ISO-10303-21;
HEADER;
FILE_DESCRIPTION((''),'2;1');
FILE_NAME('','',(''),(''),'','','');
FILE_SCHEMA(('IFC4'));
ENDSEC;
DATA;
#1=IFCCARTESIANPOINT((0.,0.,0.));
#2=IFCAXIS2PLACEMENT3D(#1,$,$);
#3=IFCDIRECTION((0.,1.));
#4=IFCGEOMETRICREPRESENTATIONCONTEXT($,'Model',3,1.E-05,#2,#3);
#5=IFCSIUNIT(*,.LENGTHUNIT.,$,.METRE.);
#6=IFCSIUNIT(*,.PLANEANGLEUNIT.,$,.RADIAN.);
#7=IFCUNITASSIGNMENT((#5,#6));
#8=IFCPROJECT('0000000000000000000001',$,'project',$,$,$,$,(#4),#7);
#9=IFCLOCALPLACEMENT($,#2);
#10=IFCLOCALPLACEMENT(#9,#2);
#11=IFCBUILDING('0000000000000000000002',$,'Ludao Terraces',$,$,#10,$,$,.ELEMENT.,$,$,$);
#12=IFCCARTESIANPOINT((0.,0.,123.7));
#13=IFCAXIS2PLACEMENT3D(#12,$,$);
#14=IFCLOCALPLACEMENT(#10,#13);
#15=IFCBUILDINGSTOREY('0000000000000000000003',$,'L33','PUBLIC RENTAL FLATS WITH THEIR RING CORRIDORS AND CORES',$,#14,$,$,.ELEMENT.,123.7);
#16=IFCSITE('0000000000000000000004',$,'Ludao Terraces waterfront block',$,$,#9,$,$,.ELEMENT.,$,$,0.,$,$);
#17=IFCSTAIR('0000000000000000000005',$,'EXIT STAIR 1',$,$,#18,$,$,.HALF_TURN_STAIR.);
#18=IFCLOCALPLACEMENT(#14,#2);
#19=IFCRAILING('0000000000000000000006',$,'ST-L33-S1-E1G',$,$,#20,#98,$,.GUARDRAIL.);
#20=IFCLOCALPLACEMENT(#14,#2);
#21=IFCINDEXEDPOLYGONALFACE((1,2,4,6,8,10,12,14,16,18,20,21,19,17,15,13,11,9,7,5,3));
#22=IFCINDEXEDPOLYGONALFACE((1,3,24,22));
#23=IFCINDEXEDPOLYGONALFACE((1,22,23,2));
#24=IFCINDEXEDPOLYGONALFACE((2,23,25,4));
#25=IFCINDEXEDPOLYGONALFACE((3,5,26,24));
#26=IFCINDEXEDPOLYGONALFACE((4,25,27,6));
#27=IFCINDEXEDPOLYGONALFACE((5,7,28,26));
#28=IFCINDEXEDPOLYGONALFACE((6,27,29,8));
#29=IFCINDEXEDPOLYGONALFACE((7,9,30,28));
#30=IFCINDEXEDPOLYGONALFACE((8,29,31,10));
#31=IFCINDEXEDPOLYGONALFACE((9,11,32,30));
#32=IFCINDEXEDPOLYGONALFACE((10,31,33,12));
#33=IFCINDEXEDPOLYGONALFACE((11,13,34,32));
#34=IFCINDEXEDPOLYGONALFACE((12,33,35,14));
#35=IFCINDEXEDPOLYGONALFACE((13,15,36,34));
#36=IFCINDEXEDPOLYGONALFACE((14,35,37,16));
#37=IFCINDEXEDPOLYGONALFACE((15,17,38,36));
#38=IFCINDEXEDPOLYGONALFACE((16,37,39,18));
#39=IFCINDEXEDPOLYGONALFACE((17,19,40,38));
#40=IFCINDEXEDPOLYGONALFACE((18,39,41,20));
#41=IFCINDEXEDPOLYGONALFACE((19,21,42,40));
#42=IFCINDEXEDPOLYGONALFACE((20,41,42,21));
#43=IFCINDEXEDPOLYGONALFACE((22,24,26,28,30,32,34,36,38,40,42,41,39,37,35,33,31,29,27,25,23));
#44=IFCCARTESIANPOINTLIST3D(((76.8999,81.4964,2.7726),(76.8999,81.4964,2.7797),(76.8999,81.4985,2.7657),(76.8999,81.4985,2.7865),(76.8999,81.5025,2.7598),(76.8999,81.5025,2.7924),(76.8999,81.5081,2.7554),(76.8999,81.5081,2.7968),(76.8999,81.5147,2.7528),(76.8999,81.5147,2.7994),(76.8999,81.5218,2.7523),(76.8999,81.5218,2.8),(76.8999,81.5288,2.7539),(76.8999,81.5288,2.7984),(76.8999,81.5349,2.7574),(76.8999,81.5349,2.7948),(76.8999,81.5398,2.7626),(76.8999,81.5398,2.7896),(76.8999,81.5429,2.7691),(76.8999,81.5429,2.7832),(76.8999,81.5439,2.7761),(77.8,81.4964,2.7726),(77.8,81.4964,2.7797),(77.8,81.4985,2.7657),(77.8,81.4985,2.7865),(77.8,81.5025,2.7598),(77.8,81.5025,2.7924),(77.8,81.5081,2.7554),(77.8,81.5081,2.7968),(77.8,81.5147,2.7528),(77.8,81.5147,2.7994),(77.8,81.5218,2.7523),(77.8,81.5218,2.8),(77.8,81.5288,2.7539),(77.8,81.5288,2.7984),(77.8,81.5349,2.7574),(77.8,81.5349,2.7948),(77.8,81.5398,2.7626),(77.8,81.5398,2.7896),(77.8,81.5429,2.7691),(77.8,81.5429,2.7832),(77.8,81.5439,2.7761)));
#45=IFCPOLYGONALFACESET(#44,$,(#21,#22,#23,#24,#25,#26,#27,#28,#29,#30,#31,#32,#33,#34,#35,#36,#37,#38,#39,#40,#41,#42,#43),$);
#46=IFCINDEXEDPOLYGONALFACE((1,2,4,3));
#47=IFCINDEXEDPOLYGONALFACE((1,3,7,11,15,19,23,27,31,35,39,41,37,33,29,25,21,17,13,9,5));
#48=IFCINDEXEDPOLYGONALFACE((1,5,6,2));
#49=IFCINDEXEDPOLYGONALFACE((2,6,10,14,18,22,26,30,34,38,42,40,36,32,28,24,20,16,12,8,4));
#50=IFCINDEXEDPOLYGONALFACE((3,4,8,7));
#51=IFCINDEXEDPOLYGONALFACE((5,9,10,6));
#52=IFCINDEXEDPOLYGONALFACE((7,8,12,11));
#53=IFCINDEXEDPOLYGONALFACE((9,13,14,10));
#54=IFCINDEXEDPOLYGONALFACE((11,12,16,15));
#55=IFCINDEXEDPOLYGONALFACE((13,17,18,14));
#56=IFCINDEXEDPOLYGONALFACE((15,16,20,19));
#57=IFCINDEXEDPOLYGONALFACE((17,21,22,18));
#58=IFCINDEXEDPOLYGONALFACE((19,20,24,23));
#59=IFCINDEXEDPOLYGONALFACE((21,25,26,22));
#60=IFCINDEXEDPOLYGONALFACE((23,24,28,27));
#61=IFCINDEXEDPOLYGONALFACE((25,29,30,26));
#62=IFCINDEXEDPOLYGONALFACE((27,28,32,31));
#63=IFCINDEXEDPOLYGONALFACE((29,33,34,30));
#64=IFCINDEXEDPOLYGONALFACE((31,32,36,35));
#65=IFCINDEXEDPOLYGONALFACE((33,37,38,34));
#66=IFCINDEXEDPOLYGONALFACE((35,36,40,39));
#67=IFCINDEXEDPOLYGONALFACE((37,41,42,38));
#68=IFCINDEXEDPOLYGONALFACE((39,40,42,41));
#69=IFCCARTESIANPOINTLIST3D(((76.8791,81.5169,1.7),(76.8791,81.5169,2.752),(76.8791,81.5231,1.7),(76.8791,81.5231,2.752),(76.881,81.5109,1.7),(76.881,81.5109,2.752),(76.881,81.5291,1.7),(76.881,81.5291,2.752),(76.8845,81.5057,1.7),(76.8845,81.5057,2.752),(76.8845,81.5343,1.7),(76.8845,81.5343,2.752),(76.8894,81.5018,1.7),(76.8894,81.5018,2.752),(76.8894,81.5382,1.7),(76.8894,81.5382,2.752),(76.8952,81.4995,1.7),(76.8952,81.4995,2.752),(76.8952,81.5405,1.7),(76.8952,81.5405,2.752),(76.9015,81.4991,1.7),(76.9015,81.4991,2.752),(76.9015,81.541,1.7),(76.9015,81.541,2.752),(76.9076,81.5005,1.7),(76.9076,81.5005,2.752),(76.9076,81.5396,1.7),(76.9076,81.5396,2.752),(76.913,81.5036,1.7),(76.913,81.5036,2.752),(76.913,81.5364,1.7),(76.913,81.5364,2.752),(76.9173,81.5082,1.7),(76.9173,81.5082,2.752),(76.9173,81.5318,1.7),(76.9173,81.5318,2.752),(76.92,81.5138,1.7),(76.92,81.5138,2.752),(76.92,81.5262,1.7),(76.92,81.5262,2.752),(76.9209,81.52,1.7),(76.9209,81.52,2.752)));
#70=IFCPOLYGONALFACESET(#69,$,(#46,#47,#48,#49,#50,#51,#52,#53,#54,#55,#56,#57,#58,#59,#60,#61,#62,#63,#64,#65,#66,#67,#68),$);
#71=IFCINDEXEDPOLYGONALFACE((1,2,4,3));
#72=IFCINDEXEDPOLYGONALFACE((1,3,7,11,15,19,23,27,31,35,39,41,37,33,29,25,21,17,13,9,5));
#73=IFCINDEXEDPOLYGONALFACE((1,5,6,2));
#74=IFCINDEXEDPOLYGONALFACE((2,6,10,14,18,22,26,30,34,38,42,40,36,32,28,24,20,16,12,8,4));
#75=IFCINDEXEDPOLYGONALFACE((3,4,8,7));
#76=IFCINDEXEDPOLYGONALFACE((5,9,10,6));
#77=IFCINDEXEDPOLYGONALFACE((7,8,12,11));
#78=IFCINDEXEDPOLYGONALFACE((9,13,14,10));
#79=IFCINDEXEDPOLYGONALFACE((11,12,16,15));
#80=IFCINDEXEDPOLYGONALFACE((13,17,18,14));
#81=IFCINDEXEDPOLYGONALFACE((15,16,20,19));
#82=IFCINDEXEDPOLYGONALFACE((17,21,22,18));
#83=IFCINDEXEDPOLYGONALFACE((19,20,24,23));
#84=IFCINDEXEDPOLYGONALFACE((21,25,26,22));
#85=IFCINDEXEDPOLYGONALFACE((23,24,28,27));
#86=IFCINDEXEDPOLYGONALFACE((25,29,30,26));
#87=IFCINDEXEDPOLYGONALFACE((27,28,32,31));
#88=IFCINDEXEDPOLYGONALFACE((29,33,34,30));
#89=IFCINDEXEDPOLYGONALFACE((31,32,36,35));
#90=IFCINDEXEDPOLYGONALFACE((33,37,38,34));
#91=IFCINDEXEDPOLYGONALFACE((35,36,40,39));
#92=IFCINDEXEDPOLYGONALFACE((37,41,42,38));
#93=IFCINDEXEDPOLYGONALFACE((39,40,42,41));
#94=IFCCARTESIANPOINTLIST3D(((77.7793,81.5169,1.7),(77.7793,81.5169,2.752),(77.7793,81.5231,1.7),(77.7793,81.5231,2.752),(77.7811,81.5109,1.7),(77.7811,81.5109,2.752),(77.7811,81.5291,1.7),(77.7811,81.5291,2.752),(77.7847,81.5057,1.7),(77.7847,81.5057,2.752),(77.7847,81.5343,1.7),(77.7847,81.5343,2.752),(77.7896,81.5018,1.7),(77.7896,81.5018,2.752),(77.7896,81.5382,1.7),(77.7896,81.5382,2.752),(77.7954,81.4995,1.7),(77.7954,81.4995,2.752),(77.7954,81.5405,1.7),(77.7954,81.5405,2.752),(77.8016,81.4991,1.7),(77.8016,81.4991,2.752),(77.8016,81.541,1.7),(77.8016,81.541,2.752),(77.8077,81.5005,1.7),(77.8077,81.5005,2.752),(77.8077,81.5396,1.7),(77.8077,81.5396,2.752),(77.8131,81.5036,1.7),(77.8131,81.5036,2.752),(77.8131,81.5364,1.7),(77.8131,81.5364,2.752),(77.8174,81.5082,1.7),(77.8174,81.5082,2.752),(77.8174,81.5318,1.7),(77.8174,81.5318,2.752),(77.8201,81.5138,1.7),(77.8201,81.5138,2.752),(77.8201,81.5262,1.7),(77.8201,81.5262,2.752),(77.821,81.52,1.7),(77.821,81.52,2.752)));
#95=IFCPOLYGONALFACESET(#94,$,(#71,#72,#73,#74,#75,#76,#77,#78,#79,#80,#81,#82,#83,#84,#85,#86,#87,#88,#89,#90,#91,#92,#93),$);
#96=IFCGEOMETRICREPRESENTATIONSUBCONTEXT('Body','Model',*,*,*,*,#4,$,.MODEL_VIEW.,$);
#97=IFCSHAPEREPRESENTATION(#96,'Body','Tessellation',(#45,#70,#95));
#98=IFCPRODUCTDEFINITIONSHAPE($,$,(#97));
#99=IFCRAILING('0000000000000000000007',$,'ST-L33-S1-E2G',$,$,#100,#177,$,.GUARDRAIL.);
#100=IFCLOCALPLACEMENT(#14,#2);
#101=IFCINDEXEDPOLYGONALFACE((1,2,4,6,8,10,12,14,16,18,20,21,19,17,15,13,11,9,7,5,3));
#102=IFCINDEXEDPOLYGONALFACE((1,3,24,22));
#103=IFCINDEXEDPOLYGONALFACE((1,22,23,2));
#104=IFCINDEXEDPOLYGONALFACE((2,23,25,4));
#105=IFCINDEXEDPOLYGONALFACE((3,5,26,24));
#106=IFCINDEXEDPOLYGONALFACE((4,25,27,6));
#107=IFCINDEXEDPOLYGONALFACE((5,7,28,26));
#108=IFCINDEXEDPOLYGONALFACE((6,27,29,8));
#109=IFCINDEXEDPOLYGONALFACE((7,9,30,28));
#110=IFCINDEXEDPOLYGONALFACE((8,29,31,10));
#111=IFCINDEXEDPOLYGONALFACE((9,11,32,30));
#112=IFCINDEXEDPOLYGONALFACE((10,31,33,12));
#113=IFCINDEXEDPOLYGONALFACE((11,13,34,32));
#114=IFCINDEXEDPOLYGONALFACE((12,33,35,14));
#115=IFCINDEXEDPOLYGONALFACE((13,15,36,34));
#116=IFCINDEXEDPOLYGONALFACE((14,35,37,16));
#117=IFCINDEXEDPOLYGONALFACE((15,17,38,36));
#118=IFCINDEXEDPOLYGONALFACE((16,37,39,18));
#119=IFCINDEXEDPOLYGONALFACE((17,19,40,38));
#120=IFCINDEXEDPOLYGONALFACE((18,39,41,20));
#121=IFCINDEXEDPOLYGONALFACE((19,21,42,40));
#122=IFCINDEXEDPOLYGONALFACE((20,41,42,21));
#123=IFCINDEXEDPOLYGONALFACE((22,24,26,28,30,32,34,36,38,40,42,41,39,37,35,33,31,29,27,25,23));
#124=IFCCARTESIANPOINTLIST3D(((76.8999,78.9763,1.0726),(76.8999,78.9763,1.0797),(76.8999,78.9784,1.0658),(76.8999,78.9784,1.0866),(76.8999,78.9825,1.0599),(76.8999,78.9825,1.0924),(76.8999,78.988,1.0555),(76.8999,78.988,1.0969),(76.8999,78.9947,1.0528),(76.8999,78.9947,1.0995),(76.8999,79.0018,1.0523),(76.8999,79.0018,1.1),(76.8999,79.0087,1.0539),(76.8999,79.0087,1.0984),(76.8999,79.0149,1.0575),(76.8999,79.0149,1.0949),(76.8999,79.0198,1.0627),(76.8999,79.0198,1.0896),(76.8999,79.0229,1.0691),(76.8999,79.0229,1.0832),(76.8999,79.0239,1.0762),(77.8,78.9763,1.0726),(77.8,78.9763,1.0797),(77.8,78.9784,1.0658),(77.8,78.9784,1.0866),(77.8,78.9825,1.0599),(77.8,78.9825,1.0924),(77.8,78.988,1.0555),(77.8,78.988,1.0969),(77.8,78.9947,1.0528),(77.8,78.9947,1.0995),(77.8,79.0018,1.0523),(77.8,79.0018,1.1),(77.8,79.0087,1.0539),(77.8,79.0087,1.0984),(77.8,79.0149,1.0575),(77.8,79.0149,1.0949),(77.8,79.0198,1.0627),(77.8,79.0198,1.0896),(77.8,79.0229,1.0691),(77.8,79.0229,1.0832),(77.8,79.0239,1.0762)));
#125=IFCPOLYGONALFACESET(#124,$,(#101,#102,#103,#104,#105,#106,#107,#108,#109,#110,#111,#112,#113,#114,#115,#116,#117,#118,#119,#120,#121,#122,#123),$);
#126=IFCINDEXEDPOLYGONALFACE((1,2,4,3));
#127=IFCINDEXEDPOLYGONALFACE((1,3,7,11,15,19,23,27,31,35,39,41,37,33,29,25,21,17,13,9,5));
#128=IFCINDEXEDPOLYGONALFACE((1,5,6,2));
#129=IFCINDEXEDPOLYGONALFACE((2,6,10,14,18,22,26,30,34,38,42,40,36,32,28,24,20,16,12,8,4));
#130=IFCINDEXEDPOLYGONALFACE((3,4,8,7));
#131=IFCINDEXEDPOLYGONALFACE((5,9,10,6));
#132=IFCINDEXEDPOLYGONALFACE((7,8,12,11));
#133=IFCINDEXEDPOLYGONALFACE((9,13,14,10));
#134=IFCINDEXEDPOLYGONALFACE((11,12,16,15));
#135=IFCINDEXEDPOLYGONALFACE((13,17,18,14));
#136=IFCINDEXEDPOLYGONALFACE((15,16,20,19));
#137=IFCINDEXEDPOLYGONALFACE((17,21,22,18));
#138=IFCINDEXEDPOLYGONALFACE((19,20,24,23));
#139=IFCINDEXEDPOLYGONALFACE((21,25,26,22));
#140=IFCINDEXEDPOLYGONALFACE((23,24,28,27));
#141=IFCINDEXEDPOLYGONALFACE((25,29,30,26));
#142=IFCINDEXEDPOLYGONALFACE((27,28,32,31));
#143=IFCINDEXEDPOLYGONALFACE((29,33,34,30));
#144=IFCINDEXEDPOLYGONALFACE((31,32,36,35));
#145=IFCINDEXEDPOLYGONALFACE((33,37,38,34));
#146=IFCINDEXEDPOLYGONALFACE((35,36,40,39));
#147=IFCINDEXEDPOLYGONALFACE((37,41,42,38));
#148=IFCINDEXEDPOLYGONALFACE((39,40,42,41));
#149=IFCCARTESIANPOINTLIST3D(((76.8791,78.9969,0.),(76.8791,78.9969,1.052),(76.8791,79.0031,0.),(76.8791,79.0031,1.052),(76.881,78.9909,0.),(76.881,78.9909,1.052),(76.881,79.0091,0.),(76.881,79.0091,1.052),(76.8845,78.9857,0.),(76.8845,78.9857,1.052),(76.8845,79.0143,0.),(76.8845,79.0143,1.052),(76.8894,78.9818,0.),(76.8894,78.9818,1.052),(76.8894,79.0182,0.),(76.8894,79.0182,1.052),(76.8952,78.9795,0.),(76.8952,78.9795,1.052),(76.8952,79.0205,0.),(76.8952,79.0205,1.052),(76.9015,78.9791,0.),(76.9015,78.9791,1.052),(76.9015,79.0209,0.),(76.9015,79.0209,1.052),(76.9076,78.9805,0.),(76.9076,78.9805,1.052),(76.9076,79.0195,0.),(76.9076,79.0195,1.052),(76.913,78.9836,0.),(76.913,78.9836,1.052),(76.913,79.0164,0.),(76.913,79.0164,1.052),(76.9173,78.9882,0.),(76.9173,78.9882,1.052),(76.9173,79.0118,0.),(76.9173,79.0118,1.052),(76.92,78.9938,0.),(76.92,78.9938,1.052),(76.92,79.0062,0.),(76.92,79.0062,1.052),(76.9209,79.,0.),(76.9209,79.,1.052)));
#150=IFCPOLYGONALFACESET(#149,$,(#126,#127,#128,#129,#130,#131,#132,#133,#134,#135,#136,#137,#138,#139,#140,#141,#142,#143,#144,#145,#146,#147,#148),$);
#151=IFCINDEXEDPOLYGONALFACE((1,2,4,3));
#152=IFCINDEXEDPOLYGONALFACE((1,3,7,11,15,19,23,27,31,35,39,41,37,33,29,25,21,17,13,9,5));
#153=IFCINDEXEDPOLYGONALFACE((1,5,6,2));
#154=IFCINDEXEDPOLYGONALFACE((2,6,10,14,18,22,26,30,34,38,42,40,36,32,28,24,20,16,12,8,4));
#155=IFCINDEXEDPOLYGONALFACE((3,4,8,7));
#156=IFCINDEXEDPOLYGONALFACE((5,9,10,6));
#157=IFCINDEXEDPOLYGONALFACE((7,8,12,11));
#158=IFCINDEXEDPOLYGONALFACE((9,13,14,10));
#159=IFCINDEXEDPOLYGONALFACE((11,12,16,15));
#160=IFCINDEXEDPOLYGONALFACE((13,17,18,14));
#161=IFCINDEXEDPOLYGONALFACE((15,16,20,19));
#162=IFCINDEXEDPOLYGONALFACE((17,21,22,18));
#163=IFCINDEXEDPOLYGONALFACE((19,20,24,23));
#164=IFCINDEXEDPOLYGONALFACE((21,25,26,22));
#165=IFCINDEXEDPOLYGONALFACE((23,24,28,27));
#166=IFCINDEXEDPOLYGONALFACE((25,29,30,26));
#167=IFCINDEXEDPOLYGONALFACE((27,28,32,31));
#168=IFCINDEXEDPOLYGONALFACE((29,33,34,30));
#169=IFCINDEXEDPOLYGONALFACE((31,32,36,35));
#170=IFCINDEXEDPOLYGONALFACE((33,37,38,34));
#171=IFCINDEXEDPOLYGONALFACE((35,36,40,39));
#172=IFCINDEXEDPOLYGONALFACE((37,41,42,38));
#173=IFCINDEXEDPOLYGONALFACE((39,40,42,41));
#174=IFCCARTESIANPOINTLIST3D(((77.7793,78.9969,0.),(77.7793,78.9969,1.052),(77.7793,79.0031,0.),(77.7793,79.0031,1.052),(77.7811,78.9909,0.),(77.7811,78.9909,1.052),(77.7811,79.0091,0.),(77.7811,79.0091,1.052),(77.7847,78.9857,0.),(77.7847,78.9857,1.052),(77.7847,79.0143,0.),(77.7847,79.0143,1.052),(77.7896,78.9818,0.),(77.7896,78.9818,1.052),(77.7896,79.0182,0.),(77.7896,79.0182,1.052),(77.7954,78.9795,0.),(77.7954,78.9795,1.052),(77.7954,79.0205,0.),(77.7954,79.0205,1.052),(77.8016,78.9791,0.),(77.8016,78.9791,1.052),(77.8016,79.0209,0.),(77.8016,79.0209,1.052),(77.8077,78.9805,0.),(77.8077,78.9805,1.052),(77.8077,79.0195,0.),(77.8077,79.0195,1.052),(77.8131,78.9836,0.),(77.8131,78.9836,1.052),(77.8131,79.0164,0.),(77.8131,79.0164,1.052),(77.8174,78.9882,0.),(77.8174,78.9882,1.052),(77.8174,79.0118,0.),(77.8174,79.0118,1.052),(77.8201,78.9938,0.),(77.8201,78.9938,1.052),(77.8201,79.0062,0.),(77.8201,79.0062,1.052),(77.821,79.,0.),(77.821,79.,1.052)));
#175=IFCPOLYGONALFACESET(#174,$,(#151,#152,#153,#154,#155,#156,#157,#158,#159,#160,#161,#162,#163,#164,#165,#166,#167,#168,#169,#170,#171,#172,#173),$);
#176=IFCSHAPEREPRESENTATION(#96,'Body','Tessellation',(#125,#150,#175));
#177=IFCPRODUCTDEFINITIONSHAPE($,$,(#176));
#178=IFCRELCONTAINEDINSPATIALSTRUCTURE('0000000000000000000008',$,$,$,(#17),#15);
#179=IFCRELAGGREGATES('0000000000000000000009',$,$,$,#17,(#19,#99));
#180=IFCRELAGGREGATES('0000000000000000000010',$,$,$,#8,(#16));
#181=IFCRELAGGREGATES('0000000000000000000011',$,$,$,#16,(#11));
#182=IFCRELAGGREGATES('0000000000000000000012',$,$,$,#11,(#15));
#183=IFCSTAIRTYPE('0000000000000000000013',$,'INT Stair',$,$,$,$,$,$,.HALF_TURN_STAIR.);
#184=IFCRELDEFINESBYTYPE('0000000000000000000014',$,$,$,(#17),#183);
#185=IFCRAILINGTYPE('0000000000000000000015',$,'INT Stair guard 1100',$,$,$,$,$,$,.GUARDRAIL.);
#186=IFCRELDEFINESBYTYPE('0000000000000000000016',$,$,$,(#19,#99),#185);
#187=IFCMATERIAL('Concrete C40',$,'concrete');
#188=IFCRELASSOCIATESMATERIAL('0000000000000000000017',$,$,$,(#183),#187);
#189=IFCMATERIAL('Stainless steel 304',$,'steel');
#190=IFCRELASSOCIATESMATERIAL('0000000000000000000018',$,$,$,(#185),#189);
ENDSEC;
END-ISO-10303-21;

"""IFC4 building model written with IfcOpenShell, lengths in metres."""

from ifc_helpers import new_model, si_unit, direction, frame, origin, origin_2d, place, context, subcontext, project, spatial, circle, extrude, material, type_object, element, aggregate, save


model = new_model("IFC4")

# Units and contexts
model_context = context("Model", 3, precision=1e-05, world=origin(), true_north=direction((0.0, 1.0)))
body_context = subcontext(model_context, "Body", "Model", "MODEL_VIEW")
ifc_project = project(units=[si_unit("LENGTHUNIT", "METRE"), si_unit("PLANEANGLEUNIT", "RADIAN")], contexts=[model_context])

# Site, building, storey
site_placement = place(None, origin())
site = spatial("IfcSite", under=ifc_project, at=site_placement, Name="Ludao Terraces waterfront block", CompositionType="ELEMENT", RefElevation=0.0)
building_placement = place(site_placement, origin())
building = spatial("IfcBuilding", under=site, at=building_placement, Name="Ludao Terraces", CompositionType="ELEMENT")
storey_placement = place(building_placement, frame((0.0, 0.0, 123.7)))
storey = spatial("IfcBuildingStorey", under=building, at=storey_placement, Name="L33", Description="PUBLIC RENTAL FLATS WITH THEIR RING CORRIDORS AND CORES", CompositionType="ELEMENT", Elevation=123.7)

# Shared definitions
ifc_material_1 = material(Name="Stainless steel 304", Category="steel")

# Stair, railings
ifc_material_2 = material(Name="Concrete C40", Category="concrete")
stair_type = type_object("IfcStairType", Name="INT Stair", PredefinedType="HALF_TURN_STAIR", material=ifc_material_2)
stair_placement = place(storey_placement, origin())
stair = element("IfcStair", 1, at=stair_placement, inside=storey, type_object=stair_type, Name="EXIT STAIR 1", PredefinedType="HALF_TURN_STAIR")
railing_type_1 = type_object("IfcRailingType", Name="INT Stair guard 1100", PredefinedType="GUARDRAIL", material=ifc_material_1)
railing_1_placement = place(storey_placement, frame((76.8999, 81.52, 1.7)))
railing_1 = element("IfcRailing", 2, at=railing_1_placement, type_object=railing_type_1, Name="ST-L33-S1-E1G", PredefinedType="GUARDRAIL", context=body_context, shape_type="SweptSolid", body=[
    extrude(circle(Radius=0.0239, at=origin_2d()), frame((0.0, 0.0, 1.0762), z_axis=(1.0, 0.0, 0.0), x_axis=(0.0, 1.0, 0.0)), (0.0, 0.0, 1.0), 0.9001),
    extrude(circle(Radius=0.021, at=origin_2d()), origin(), (0.0, 0.0, 1.0), 1.052),
    extrude(circle(Radius=0.021, at=origin_2d()), frame((0.9001, 0.0, 0.0)), (0.0, 0.0, 1.0), 1.052),
])
railing_2_placement = place(storey_placement, frame((76.8999, 79.0, 0.0)))
railing_2 = element("IfcRailing", 3, at=railing_2_placement, type_object=railing_type_1, Name="ST-L33-S1-E2G", PredefinedType="GUARDRAIL", context=body_context, shape_type="SweptSolid", body=[
    extrude(circle(Radius=0.0239, at=origin_2d()), frame((0.0, 0.0, 1.0762), z_axis=(1.0, 0.0, 0.0), x_axis=(0.0, 1.0, 0.0)), (0.0, 0.0, 1.0), 0.9001),
    extrude(circle(Radius=0.021, at=origin_2d()), origin(), (0.0, 0.0, 1.0), 1.052),
    extrude(circle(Radius=0.021, at=origin_2d()), frame((0.9001, 0.0, 0.0)), (0.0, 0.0, 1.0), 1.052),
])
aggregate(stair, [railing_1, railing_2])

save(model, "model.ifc")
